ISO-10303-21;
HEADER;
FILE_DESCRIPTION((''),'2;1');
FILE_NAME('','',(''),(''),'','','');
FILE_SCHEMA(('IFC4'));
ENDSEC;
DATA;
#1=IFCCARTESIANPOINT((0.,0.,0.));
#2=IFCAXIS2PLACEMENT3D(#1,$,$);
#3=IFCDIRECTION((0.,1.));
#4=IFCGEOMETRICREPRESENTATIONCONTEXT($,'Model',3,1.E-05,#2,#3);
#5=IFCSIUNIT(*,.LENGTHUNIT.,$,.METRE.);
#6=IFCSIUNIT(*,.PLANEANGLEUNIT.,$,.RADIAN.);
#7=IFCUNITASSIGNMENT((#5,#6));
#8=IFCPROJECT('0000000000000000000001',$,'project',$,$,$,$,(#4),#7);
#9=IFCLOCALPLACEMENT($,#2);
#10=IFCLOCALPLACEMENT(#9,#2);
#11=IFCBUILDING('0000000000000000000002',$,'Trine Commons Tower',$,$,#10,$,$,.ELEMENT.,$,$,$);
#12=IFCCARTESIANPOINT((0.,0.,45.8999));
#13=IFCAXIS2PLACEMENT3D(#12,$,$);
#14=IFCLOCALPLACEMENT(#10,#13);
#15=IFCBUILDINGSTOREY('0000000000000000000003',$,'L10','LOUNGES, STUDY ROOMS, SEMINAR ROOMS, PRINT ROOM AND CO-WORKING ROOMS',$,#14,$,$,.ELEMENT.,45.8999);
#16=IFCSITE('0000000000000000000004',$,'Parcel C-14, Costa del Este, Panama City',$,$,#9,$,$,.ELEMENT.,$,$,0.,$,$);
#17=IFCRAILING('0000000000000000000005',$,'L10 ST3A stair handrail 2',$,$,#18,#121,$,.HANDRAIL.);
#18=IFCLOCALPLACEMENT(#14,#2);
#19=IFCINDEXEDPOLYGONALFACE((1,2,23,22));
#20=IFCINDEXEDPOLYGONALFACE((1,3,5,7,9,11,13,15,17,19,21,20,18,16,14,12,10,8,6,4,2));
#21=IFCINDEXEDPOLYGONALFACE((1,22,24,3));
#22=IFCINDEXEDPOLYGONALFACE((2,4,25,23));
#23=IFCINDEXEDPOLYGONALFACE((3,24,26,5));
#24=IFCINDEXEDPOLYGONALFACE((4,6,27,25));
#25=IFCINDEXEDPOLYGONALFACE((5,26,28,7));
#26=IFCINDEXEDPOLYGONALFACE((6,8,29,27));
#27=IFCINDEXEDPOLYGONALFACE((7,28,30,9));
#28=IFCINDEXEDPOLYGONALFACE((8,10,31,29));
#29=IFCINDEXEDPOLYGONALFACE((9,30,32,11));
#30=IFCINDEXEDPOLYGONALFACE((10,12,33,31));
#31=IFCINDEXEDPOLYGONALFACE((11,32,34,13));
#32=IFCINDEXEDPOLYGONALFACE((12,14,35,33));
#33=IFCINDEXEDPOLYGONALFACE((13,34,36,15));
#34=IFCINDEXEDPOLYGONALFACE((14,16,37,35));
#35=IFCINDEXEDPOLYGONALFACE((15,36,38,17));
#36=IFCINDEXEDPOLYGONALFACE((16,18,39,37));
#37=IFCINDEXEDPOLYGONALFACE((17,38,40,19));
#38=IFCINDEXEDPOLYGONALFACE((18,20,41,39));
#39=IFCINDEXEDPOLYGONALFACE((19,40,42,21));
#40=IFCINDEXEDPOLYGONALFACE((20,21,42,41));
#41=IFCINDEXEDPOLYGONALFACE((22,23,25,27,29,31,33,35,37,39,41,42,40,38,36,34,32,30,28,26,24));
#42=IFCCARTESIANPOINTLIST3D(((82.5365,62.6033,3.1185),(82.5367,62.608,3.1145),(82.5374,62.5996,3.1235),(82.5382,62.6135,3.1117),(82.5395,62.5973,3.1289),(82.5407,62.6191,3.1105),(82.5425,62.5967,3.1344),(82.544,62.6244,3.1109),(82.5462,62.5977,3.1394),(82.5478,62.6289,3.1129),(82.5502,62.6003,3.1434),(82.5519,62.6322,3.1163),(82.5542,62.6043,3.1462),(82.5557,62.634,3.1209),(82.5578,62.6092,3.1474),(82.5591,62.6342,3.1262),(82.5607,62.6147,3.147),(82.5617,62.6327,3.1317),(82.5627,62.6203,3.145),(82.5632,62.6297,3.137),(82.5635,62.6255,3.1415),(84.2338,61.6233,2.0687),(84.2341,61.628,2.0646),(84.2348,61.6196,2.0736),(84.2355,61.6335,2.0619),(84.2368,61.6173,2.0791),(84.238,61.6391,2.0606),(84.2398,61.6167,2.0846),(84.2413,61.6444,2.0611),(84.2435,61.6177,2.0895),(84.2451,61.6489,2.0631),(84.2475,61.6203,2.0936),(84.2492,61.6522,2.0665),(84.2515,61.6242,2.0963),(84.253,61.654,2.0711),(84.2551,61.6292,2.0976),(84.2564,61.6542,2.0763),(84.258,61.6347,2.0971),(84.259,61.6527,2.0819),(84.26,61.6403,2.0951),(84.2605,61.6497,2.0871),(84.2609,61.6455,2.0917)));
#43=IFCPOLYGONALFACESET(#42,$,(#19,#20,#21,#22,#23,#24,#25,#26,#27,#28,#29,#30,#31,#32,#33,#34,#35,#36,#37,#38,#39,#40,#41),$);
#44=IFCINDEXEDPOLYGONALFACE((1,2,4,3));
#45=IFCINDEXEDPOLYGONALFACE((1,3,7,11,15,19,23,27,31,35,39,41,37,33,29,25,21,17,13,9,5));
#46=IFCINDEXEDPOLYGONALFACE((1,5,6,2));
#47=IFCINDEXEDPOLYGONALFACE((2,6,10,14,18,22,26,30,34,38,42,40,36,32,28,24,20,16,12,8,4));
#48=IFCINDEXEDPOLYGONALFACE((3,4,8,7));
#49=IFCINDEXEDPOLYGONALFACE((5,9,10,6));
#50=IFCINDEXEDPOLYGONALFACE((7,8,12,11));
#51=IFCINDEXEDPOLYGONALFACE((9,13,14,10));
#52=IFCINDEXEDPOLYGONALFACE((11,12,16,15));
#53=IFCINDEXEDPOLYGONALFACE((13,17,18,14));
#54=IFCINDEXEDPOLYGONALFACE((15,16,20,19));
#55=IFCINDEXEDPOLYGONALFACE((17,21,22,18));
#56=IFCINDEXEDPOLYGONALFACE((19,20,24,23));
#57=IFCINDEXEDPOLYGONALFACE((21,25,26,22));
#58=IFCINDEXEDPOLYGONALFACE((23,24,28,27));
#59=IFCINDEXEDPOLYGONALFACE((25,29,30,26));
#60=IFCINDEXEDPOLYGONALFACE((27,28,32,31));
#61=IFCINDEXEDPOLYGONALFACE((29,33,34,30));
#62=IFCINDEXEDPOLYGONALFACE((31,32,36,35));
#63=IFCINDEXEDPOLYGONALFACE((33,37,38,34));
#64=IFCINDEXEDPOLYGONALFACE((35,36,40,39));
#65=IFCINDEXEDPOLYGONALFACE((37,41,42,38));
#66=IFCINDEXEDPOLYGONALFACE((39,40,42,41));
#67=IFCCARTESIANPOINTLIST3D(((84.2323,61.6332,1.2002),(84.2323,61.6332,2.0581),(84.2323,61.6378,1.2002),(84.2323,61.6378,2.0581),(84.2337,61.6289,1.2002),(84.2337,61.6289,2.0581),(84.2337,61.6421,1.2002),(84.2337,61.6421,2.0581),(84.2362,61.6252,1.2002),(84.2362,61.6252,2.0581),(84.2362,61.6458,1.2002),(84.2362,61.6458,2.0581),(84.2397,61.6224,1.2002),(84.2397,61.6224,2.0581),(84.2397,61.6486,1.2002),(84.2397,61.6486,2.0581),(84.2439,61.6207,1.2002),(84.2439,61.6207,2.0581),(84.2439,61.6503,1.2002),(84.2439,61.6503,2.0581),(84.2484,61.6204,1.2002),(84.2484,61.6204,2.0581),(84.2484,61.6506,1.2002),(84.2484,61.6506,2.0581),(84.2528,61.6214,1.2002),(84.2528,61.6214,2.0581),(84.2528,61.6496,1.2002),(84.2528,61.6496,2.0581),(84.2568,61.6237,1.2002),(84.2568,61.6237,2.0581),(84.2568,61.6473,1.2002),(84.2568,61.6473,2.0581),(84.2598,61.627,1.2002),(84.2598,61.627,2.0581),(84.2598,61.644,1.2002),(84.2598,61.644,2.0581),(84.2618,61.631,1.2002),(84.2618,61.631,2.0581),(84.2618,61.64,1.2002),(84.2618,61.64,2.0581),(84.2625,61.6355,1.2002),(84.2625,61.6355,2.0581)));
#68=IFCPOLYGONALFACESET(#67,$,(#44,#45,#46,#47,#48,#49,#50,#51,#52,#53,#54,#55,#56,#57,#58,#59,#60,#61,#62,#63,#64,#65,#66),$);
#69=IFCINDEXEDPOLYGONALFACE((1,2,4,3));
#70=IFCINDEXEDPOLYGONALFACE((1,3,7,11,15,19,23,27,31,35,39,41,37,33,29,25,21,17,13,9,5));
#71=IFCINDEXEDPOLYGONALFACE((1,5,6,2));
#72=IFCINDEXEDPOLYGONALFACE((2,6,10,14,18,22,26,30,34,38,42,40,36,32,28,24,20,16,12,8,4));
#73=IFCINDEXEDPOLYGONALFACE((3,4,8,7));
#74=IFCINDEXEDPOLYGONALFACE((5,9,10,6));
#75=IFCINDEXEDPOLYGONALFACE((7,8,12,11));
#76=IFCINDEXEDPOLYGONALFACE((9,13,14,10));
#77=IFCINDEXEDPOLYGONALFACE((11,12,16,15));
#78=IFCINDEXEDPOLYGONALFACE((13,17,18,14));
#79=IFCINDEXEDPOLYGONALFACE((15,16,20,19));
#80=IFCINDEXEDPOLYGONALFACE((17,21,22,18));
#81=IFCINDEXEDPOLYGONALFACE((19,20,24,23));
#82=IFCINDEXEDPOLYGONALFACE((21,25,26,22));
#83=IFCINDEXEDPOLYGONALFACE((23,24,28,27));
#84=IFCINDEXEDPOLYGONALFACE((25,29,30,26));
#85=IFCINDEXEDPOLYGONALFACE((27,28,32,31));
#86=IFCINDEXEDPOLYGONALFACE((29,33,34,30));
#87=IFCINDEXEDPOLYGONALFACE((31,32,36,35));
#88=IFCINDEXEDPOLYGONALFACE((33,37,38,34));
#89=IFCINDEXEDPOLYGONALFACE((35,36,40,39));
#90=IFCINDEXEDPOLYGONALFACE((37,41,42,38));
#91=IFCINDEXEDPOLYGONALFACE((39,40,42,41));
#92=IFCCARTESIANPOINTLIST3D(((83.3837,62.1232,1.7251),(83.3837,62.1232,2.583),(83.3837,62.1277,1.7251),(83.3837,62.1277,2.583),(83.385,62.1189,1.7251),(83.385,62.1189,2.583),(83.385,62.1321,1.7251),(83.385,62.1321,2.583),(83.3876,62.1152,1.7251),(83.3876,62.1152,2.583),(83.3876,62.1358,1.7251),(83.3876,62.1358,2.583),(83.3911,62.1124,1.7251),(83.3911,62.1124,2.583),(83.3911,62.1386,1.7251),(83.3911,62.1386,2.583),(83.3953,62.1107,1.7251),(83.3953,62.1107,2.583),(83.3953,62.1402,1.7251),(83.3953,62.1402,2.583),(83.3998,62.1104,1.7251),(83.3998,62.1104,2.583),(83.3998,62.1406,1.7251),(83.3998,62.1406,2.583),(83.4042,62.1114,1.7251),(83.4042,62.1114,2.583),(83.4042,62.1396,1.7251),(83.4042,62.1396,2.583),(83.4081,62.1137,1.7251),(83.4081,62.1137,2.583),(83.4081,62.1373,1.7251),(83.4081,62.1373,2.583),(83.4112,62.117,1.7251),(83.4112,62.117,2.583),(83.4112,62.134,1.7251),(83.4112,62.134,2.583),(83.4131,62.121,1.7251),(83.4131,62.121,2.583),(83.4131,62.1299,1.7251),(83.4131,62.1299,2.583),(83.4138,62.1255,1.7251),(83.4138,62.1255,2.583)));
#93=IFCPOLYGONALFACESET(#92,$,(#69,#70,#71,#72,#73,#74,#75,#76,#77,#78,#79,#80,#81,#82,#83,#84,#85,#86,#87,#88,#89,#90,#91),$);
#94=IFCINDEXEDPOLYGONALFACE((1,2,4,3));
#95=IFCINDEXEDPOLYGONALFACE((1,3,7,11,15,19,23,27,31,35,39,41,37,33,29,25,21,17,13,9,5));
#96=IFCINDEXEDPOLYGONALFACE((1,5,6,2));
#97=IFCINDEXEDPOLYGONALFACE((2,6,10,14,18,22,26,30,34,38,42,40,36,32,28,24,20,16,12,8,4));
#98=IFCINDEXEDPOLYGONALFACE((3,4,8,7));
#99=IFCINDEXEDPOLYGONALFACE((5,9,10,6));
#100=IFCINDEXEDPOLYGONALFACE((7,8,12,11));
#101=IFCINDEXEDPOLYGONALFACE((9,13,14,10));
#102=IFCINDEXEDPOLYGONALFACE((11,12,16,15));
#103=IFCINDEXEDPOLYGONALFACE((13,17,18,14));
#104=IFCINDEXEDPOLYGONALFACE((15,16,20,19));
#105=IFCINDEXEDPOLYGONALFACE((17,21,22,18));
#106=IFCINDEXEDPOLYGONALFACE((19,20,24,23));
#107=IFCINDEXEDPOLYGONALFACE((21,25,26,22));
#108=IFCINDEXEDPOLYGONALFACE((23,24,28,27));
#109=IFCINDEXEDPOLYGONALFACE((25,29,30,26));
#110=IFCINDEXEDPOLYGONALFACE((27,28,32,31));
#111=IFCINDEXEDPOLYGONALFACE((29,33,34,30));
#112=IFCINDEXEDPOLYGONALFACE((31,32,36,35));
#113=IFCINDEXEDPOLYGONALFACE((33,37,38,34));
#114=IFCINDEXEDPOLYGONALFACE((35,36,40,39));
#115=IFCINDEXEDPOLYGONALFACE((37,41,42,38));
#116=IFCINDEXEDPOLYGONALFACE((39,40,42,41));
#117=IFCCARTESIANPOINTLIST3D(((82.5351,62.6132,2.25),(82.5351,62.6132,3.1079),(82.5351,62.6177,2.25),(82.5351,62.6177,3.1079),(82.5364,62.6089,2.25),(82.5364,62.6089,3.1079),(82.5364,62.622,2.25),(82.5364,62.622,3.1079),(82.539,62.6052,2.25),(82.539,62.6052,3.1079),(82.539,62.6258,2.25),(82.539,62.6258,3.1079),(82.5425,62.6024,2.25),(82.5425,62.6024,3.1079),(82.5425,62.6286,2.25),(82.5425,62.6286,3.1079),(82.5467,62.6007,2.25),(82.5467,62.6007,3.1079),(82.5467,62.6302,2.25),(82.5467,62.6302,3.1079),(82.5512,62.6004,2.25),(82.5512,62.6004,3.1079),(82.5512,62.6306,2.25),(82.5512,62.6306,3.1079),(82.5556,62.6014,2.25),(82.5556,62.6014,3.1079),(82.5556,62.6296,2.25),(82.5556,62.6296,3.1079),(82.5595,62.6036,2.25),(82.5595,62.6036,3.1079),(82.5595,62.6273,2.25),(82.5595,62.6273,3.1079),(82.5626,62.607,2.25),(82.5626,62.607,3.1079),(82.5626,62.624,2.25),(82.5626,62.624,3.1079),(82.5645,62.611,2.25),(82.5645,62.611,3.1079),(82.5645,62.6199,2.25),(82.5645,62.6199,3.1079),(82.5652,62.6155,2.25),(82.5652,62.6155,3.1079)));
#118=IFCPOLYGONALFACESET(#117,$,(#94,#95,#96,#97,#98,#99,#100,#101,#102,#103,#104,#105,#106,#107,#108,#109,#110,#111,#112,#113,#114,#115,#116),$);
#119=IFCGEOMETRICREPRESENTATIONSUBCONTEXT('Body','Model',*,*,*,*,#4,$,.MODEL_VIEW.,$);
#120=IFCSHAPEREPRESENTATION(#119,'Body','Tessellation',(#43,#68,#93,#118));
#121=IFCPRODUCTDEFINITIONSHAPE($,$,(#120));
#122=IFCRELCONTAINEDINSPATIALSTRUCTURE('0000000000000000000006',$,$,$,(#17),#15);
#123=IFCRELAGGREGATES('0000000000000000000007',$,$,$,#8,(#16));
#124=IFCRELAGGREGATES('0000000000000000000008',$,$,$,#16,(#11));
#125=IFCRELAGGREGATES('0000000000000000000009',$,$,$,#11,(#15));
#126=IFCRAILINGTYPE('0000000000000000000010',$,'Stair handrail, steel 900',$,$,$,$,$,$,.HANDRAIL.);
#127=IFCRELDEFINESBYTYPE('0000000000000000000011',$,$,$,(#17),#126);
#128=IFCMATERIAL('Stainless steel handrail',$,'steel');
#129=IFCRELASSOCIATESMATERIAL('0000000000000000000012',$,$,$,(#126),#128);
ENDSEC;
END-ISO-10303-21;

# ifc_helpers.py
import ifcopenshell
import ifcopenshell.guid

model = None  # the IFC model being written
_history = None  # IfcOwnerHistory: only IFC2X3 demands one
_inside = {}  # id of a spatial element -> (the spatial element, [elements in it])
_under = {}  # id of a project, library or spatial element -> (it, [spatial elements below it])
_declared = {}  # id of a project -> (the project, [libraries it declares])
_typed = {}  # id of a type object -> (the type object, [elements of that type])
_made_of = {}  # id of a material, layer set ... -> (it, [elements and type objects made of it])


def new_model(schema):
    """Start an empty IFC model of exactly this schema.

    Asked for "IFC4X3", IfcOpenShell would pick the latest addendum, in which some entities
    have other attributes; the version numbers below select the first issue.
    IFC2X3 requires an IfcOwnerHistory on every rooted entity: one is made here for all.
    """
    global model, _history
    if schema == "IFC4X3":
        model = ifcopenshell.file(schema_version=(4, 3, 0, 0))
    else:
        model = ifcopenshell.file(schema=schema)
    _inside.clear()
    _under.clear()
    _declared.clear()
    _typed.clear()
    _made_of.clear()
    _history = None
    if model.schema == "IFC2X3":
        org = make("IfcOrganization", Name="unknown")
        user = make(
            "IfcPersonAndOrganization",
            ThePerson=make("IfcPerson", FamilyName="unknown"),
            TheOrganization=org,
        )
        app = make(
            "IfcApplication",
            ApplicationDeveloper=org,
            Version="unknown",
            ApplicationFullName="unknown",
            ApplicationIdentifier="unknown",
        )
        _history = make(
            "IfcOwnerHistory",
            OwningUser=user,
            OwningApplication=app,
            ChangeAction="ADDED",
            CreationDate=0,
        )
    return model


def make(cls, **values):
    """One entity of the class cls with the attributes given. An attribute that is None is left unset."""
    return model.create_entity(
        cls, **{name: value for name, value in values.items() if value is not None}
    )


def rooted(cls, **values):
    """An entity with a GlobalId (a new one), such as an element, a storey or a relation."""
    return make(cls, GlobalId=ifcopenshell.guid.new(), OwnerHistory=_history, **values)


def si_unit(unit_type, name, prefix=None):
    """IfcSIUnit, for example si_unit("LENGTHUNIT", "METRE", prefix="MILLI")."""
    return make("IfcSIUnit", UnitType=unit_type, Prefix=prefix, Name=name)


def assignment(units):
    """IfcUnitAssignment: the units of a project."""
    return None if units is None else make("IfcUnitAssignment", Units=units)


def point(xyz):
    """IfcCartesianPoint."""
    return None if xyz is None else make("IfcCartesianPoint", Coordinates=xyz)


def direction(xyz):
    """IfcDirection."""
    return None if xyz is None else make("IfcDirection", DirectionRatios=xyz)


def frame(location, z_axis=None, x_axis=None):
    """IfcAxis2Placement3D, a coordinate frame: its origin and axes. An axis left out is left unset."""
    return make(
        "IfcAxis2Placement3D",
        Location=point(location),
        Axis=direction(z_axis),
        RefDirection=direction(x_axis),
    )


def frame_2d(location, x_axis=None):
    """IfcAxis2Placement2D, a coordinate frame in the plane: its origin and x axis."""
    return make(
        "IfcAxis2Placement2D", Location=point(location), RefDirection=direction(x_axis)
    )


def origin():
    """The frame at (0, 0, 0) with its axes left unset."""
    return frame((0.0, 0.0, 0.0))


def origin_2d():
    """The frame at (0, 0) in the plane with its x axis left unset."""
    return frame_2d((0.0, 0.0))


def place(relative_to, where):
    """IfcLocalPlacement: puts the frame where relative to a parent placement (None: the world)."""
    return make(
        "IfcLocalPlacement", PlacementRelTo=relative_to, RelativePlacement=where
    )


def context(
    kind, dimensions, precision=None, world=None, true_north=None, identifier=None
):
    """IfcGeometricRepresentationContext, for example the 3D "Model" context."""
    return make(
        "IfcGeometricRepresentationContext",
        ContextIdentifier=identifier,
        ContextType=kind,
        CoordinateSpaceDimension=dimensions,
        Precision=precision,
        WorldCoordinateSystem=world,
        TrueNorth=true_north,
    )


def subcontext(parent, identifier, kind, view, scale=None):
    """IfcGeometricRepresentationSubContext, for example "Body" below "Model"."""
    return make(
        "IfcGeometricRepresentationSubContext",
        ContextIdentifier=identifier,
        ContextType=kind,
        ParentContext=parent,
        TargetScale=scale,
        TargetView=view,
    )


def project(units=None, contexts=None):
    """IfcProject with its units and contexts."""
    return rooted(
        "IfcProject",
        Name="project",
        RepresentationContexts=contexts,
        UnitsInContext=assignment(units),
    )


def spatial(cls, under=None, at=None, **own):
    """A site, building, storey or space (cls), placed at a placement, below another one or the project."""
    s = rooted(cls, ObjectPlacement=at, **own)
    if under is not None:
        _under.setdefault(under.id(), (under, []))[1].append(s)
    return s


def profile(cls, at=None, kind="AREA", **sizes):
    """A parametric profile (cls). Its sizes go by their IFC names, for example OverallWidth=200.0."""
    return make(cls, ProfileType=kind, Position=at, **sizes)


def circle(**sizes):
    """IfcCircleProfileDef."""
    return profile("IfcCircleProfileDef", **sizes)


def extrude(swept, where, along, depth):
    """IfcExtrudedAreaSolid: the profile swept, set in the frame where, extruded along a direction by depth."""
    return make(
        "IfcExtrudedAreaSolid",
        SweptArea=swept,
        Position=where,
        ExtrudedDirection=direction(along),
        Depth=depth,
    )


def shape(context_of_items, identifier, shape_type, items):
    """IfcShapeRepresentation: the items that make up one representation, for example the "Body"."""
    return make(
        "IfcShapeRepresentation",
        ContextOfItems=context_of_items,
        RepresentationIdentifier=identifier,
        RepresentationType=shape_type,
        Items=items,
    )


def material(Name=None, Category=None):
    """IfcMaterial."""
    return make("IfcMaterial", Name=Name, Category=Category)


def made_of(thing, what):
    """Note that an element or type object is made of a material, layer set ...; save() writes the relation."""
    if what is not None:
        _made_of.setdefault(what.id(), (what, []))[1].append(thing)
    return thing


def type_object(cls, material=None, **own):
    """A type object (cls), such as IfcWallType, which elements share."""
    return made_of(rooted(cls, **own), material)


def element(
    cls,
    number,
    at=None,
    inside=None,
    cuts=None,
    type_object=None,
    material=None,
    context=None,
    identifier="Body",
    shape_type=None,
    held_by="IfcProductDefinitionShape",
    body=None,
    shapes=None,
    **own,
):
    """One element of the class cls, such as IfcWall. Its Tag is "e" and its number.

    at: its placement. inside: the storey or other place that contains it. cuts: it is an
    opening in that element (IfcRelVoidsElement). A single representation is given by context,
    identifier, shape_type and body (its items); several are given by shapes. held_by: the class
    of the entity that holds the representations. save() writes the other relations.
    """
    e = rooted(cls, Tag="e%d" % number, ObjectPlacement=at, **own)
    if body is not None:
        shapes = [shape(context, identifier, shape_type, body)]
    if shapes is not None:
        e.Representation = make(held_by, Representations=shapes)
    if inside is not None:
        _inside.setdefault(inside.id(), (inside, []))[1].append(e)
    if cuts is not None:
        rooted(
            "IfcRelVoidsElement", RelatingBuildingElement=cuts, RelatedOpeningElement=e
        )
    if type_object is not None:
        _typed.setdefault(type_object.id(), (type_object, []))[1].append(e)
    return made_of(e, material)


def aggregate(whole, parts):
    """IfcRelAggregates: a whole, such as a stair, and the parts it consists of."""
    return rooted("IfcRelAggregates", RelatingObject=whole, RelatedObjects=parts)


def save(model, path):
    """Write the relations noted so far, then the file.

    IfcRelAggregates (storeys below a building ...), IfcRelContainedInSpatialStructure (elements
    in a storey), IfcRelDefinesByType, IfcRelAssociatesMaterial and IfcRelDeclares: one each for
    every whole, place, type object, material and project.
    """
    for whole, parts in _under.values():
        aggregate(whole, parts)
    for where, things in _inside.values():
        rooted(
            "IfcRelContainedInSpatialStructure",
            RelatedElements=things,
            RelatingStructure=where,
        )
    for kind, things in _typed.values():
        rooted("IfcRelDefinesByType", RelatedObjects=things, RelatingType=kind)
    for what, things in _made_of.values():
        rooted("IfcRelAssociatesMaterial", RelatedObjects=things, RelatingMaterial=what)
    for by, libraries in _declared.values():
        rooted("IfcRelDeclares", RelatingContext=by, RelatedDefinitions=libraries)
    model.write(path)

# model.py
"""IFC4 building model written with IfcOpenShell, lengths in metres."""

from ifc_helpers import new_model, si_unit, direction, frame, origin, origin_2d, place, context, subcontext, project, spatial, circle, extrude, material, type_object, element, save


model = new_model("IFC4")

# Units and contexts
model_context = context("Model", 3, precision=1e-05, world=origin(), true_north=direction((0.0, 1.0)))
body_context = subcontext(model_context, "Body", "Model", "MODEL_VIEW")
ifc_project = project(units=[si_unit("LENGTHUNIT", "METRE"), si_unit("PLANEANGLEUNIT", "RADIAN")], contexts=[model_context])

# Site, building, storey
site_placement = place(None, origin())
site = spatial("IfcSite", under=ifc_project, at=site_placement, Name="Parcel C-14, Costa del Este, Panama City", CompositionType="ELEMENT", RefElevation=0.0)
building_placement = place(site_placement, origin())
building = spatial("IfcBuilding", under=site, at=building_placement, Name="Trine Commons Tower", CompositionType="ELEMENT")
storey_placement = place(building_placement, frame((0.0, 0.0, 45.8999)))
storey = spatial("IfcBuildingStorey", under=building, at=storey_placement, Name="L10", Description="LOUNGES, STUDY ROOMS, SEMINAR ROOMS, PRINT ROOM AND CO-WORKING ROOMS", CompositionType="ELEMENT", Elevation=45.8999)

# Railing
ifc_material_1 = material(Name="Stainless steel handrail", Category="steel")
railing_type_1 = type_object("IfcRailingType", Name="Stair handrail, steel 900", PredefinedType="HANDRAIL", material=ifc_material_1)
railing_1_placement = place(storey_placement, frame((84.2473, 61.6355, 1.2002)))
element("IfcRailing", 1, at=railing_1_placement, inside=storey, type_object=railing_type_1, Name="L10 ST3A stair handrail 2", PredefinedType="HANDRAIL", context=body_context, shape_type="SweptSolid", body=[
    extrude(circle(Radius=0.021, at=origin_2d()), frame((0.0, 0.0, 0.8789), z_axis=(-0.763392, 0.440773, 0.472178), x_axis=(-0.500024, -0.866011, 0.0)), (0.0, 0.0, 1.0), 2.2234),
    extrude(circle(Radius=0.0151, at=origin_2d()), origin(), (0.0, 0.0, 1.0), 0.8579),
    extrude(circle(Radius=0.0151, at=origin_2d()), frame((-0.8486, 0.49, 0.5249)), (0.0, 0.0, 1.0), 0.8579),
    extrude(circle(Radius=0.0151, at=origin_2d()), frame((-1.6973, 0.98, 1.0498)), (0.0, 0.0, 1.0), 0.8579),
])

save(model, "model.ifc")
